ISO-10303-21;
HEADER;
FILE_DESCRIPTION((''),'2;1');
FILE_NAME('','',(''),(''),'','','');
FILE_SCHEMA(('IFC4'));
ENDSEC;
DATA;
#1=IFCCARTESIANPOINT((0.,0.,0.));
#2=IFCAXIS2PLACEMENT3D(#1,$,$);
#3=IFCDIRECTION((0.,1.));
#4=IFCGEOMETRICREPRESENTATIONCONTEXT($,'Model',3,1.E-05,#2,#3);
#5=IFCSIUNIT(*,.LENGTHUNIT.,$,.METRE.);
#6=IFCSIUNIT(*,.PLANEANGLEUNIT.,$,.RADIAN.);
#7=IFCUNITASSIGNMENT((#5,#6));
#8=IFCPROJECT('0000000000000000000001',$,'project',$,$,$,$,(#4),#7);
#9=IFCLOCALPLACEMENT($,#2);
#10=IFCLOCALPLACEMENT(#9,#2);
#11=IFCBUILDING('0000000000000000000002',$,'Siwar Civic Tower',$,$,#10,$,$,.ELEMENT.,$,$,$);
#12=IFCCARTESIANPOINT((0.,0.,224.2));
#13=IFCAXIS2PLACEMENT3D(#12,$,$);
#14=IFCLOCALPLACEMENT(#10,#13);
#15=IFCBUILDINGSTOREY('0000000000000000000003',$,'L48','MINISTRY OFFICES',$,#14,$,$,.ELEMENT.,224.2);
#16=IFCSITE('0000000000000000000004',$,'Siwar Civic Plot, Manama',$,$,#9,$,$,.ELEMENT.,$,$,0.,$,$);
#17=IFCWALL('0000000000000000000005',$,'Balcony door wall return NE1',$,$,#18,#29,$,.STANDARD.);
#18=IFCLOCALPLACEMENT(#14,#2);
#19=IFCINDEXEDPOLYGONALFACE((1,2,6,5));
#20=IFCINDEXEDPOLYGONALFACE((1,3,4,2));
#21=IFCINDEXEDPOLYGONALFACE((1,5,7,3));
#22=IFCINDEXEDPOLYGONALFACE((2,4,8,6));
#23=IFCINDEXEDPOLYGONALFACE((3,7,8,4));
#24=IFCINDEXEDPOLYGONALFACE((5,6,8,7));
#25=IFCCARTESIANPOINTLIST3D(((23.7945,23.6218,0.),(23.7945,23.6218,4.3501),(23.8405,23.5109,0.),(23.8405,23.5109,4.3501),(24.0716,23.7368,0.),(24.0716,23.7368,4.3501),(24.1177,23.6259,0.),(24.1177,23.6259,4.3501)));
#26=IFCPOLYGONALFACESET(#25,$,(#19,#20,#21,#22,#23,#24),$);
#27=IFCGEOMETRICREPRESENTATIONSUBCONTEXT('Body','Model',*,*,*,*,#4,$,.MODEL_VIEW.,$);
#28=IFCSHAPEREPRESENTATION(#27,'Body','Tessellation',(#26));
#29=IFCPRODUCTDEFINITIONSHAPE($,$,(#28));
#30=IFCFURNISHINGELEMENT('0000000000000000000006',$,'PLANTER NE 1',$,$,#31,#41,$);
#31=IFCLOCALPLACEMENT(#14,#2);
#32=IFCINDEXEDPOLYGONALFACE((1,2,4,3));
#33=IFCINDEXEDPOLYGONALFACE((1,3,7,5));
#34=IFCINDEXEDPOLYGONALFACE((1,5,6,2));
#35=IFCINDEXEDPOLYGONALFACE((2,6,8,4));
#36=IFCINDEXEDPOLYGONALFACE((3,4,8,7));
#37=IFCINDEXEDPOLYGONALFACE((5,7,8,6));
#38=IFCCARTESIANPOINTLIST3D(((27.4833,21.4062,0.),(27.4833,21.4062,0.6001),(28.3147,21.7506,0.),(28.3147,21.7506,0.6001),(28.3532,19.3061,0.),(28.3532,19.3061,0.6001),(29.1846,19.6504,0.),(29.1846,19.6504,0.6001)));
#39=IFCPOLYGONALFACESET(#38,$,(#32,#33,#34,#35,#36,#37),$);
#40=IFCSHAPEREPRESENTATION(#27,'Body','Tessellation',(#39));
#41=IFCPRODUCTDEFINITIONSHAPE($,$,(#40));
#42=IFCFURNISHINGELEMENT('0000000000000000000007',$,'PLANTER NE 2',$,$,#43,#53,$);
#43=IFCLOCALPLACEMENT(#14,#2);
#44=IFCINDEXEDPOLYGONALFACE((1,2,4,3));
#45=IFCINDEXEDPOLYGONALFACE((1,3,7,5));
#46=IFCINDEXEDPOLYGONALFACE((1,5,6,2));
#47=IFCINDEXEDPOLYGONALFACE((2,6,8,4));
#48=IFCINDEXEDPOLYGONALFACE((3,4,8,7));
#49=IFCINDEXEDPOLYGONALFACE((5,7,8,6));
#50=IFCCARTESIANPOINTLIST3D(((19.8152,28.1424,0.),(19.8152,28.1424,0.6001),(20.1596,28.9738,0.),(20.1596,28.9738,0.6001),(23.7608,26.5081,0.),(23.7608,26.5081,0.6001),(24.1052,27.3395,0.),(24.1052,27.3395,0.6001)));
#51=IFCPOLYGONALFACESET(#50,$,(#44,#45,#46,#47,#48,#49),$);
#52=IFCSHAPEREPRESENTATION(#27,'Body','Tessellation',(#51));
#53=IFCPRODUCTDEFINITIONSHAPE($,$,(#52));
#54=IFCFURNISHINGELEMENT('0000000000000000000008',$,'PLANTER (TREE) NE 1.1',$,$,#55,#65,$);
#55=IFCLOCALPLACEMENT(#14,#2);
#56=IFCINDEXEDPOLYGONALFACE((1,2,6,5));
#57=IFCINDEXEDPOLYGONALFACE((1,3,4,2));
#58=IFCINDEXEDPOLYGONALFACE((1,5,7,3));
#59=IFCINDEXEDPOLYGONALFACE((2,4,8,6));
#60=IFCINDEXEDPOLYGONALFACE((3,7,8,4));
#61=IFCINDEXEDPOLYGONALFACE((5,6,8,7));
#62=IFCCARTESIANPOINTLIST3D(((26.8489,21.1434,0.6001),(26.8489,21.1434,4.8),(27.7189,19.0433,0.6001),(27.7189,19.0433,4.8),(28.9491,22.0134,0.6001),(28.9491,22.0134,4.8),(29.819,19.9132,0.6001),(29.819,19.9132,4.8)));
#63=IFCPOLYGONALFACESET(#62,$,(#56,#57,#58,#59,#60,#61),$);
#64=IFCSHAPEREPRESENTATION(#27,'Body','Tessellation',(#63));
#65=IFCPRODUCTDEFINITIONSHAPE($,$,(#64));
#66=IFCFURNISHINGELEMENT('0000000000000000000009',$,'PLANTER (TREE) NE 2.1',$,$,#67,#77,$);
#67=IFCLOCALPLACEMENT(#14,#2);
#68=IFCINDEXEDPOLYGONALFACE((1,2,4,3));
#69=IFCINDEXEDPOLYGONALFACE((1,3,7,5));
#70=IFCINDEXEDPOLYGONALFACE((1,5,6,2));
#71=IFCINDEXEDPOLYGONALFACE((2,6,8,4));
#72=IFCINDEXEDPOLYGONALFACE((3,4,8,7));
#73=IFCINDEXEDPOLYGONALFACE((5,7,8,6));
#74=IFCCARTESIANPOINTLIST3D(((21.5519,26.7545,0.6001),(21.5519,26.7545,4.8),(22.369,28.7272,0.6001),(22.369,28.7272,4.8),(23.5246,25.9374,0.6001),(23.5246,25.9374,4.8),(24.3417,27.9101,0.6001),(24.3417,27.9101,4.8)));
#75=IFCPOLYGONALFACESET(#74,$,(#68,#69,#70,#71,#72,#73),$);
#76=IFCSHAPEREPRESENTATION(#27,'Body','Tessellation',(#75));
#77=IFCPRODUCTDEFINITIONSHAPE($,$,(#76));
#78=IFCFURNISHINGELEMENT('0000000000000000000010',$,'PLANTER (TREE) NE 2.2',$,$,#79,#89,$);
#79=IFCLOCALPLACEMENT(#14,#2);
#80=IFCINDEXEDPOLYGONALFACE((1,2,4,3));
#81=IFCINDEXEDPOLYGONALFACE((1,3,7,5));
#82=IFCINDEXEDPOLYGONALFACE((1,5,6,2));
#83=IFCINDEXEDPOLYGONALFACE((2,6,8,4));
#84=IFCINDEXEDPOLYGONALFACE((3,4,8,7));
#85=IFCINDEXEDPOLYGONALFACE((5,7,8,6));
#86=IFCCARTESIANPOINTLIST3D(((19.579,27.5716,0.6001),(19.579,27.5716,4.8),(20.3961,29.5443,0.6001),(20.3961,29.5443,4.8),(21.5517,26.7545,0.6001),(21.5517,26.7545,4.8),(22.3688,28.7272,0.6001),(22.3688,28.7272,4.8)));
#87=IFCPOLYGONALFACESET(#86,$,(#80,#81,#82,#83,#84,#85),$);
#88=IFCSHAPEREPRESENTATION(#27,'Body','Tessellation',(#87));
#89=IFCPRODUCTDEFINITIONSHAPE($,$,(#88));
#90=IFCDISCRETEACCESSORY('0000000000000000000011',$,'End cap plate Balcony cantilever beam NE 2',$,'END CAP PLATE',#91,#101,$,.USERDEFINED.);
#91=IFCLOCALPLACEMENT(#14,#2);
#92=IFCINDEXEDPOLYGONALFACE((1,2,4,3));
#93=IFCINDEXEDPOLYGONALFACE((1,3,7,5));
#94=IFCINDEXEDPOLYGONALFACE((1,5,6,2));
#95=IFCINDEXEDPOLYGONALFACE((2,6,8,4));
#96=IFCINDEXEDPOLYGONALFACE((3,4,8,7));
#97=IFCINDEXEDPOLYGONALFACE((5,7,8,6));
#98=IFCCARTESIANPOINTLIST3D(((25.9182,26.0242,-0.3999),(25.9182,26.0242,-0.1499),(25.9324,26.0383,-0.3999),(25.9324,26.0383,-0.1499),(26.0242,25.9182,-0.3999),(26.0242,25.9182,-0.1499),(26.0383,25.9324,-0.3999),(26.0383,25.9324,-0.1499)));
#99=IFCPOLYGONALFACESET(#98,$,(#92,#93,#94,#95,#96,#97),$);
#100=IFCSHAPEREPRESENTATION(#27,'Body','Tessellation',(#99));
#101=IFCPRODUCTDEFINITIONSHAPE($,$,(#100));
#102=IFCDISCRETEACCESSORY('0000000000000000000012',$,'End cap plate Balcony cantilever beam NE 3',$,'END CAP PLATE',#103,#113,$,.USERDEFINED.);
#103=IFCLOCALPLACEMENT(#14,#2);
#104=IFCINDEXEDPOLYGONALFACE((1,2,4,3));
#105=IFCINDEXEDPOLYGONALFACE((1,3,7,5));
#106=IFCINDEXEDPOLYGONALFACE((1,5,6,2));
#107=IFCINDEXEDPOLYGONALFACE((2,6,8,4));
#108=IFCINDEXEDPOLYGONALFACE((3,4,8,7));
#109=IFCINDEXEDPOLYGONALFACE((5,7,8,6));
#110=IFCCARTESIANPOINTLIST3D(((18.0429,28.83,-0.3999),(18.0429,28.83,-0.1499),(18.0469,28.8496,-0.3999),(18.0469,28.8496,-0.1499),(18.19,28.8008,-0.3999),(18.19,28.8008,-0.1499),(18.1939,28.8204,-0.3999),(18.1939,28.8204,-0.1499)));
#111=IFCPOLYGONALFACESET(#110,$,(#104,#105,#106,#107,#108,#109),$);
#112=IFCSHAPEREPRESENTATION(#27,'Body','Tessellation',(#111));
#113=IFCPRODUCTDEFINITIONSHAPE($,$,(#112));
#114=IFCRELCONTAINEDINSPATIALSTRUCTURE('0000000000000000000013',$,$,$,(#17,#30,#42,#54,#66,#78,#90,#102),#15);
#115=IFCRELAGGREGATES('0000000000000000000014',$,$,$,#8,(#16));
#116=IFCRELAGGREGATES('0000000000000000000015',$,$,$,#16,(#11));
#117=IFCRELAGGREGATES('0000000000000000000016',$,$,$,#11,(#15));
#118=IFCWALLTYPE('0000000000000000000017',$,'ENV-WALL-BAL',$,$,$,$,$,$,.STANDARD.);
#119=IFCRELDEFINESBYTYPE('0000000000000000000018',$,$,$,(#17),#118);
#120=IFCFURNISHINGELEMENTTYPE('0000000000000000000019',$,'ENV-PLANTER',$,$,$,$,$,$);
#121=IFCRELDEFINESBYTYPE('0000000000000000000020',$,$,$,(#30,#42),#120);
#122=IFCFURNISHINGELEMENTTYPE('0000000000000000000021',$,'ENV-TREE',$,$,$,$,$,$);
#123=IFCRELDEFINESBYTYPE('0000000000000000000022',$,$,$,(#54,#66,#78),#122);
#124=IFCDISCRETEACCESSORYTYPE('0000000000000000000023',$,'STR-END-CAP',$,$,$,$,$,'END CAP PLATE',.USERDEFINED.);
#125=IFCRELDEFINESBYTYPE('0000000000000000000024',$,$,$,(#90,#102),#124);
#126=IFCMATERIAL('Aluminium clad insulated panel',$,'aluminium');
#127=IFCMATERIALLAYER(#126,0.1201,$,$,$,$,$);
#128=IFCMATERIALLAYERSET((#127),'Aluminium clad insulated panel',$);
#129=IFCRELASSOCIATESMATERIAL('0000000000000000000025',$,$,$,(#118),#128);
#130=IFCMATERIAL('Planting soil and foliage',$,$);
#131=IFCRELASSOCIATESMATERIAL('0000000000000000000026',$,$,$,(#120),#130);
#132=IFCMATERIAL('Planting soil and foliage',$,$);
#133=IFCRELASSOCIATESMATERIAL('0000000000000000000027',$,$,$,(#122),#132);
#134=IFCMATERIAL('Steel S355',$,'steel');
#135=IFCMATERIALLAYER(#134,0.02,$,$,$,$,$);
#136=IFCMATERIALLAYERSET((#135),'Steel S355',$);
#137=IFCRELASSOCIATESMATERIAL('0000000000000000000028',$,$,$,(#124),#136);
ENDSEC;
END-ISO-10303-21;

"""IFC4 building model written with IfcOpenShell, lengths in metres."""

from ifc_helpers import new_model, si_unit, direction, frame, frame_2d, origin, origin_2d, place, context, subcontext, project, spatial, rectangle, extrude, material, layer, layer_set, type_object, element, save


model = new_model("IFC4")

# Units and contexts
model_context = context("Model", 3, precision=1e-05, world=origin(), true_north=direction((0.0, 1.0)))
body_context = subcontext(model_context, "Body", "Model", "MODEL_VIEW")
ifc_project = project(units=[si_unit("LENGTHUNIT", "METRE"), si_unit("PLANEANGLEUNIT", "RADIAN")], contexts=[model_context])

# Site, building, storey
site_placement = place(None, origin())
site = spatial("IfcSite", under=ifc_project, at=site_placement, Name="Siwar Civic Plot, Manama", CompositionType="ELEMENT", RefElevation=0.0)
building_placement = place(site_placement, origin())
building = spatial("IfcBuilding", under=site, at=building_placement, Name="Siwar Civic Tower", CompositionType="ELEMENT")
storey_placement = place(building_placement, frame((0.0, 0.0, 224.2)))
storey = spatial("IfcBuildingStorey", under=building, at=storey_placement, Name="L48", Description="MINISTRY OFFICES", CompositionType="ELEMENT", Elevation=224.2)

# Wall
ifc_material_1 = material(Name="Aluminium clad insulated panel", Category="aluminium")
ifc_layer_1 = layer(ifc_material_1, 0.1201)
ifc_layer_set_1 = layer_set([ifc_layer_1], Name="Aluminium clad insulated panel")
wall_type = type_object("IfcWallType", Name="ENV-WALL-BAL", PredefinedType="STANDARD", material=ifc_layer_set_1)
wall_1_placement = place(storey_placement, frame((23.8176, 23.5664, 0.0), z_axis=(0.0, 0.0, 1.0), x_axis=(0.92363, 0.383286, 0.0)))
element("IfcWall", 1, at=wall_1_placement, inside=storey, type_object=wall_type, Name="Balcony door wall return NE1", PredefinedType="STANDARD", context=body_context, shape_type="SweptSolid", body=[
    extrude(rectangle(XDim=0.3, YDim=0.1201, at=frame_2d((0.1499, 0.0))), origin(), (0.0, 0.0, 1.0), 4.3501),
])

# Furnishing elements
ifc_material_2 = material(Name="Planting soil and foliage")
furnishing_element_type_1 = type_object("IfcFurnishingElementType", Name="ENV-PLANTER", material=ifc_material_2)
furnishing_1_placement = place(storey_placement, frame((28.334, 20.5283, 0.0), z_axis=(0.0, 0.0, 1.0), x_axis=(-0.382683, 0.92388, 0.0)))
element("IfcFurnishingElement", 2, at=furnishing_1_placement, inside=storey, type_object=furnishing_element_type_1, Name="PLANTER NE 1", context=body_context, shape_type="SweptSolid", body=[
    extrude(rectangle(XDim=2.2732, YDim=0.8999, at=origin_2d()), origin(), (0.0, 0.0, 1.0), 0.6001),
])
furnishing_2_placement = place(storey_placement, frame((21.9602, 27.741, 0.0), z_axis=(0.0, 0.0, 1.0), x_axis=(-0.92388, 0.382683, 0.0)))
element("IfcFurnishingElement", 3, at=furnishing_2_placement, inside=storey, type_object=furnishing_element_type_1, Name="PLANTER NE 2", context=body_context, shape_type="SweptSolid", body=[
    extrude(rectangle(XDim=4.2708, YDim=0.8999, at=origin_2d()), origin(), (0.0, 0.0, 1.0), 0.6001),
])
ifc_material_3 = material(Name="Planting soil and foliage")
furnishing_element_type_2 = type_object("IfcFurnishingElementType", Name="ENV-TREE", material=ifc_material_3)
furnishing_3_placement = place(storey_placement, frame((28.334, 20.5283, 0.6001), z_axis=(0.0, 0.0, 1.0), x_axis=(-0.382683, 0.92388, 0.0)))
element("IfcFurnishingElement", 4, at=furnishing_3_placement, inside=storey, type_object=furnishing_element_type_2, Name="PLANTER (TREE) NE 1.1", context=body_context, shape_type="SweptSolid", body=[
    extrude(rectangle(XDim=2.2732, YDim=2.2732, at=origin_2d()), origin(), (0.0, 0.0, 1.0), 4.2),
])
for number, where, z_axis, x_axis, name in (
    (5, (22.9468, 27.3323, 0.6001), (0.0, 0.0, 1.0), (-0.92388, 0.382683, 0.0), "PLANTER (TREE) NE 2.1"),
    (6, (20.9739, 28.1494, 0.6001), (0.0, 0.0, 1.0), (-0.92388, 0.382683, 0.0), "PLANTER (TREE) NE 2.2"),
):
    element("IfcFurnishingElement", number, at=place(storey_placement, frame(where, z_axis=z_axis, x_axis=x_axis)), inside=storey, type_object=furnishing_element_type_2, Name=name, context=body_context, shape_type="SweptSolid", body=[
        extrude(rectangle(XDim=2.1353, YDim=2.1353, at=origin_2d()), origin(), (0.0, 0.0, 1.0), 4.2),
    ])

# Discrete accessories
ifc_material_4 = material(Name="Steel S355", Category="steel")
ifc_layer_2 = layer(ifc_material_4, 0.02)
ifc_layer_set_2 = layer_set([ifc_layer_2], Name="Steel S355")
discrete_accessory_type = type_object("IfcDiscreteAccessoryType", Name="STR-END-CAP", ElementType="END CAP PLATE", PredefinedType="USERDEFINED", material=ifc_layer_set_2)
for number, where, z_axis, x_axis, name in (
    (7, (25.9783, 25.9783, -0.3999), (0.0, 0.0, 1.0), (0.707107, 0.707107, 0.0), "End cap plate Balcony cantilever beam NE 2"),
    (8, (18.1184, 28.8252, -0.3999), (0.0, 0.0, 1.0), (0.19509, 0.980785, 0.0), "End cap plate Balcony cantilever beam NE 3"),
):
    element("IfcDiscreteAccessory", number, at=place(storey_placement, frame(where, z_axis=z_axis, x_axis=x_axis)), inside=storey, type_object=discrete_accessory_type, Name=name, ObjectType="END CAP PLATE", PredefinedType="USERDEFINED", context=body_context, shape_type="SweptSolid", body=[
        extrude(rectangle(XDim=0.02, YDim=0.1499, at=origin_2d()), origin(), (0.0, 0.0, 1.0), 0.25),
    ])

save(model, "model.ifc")
